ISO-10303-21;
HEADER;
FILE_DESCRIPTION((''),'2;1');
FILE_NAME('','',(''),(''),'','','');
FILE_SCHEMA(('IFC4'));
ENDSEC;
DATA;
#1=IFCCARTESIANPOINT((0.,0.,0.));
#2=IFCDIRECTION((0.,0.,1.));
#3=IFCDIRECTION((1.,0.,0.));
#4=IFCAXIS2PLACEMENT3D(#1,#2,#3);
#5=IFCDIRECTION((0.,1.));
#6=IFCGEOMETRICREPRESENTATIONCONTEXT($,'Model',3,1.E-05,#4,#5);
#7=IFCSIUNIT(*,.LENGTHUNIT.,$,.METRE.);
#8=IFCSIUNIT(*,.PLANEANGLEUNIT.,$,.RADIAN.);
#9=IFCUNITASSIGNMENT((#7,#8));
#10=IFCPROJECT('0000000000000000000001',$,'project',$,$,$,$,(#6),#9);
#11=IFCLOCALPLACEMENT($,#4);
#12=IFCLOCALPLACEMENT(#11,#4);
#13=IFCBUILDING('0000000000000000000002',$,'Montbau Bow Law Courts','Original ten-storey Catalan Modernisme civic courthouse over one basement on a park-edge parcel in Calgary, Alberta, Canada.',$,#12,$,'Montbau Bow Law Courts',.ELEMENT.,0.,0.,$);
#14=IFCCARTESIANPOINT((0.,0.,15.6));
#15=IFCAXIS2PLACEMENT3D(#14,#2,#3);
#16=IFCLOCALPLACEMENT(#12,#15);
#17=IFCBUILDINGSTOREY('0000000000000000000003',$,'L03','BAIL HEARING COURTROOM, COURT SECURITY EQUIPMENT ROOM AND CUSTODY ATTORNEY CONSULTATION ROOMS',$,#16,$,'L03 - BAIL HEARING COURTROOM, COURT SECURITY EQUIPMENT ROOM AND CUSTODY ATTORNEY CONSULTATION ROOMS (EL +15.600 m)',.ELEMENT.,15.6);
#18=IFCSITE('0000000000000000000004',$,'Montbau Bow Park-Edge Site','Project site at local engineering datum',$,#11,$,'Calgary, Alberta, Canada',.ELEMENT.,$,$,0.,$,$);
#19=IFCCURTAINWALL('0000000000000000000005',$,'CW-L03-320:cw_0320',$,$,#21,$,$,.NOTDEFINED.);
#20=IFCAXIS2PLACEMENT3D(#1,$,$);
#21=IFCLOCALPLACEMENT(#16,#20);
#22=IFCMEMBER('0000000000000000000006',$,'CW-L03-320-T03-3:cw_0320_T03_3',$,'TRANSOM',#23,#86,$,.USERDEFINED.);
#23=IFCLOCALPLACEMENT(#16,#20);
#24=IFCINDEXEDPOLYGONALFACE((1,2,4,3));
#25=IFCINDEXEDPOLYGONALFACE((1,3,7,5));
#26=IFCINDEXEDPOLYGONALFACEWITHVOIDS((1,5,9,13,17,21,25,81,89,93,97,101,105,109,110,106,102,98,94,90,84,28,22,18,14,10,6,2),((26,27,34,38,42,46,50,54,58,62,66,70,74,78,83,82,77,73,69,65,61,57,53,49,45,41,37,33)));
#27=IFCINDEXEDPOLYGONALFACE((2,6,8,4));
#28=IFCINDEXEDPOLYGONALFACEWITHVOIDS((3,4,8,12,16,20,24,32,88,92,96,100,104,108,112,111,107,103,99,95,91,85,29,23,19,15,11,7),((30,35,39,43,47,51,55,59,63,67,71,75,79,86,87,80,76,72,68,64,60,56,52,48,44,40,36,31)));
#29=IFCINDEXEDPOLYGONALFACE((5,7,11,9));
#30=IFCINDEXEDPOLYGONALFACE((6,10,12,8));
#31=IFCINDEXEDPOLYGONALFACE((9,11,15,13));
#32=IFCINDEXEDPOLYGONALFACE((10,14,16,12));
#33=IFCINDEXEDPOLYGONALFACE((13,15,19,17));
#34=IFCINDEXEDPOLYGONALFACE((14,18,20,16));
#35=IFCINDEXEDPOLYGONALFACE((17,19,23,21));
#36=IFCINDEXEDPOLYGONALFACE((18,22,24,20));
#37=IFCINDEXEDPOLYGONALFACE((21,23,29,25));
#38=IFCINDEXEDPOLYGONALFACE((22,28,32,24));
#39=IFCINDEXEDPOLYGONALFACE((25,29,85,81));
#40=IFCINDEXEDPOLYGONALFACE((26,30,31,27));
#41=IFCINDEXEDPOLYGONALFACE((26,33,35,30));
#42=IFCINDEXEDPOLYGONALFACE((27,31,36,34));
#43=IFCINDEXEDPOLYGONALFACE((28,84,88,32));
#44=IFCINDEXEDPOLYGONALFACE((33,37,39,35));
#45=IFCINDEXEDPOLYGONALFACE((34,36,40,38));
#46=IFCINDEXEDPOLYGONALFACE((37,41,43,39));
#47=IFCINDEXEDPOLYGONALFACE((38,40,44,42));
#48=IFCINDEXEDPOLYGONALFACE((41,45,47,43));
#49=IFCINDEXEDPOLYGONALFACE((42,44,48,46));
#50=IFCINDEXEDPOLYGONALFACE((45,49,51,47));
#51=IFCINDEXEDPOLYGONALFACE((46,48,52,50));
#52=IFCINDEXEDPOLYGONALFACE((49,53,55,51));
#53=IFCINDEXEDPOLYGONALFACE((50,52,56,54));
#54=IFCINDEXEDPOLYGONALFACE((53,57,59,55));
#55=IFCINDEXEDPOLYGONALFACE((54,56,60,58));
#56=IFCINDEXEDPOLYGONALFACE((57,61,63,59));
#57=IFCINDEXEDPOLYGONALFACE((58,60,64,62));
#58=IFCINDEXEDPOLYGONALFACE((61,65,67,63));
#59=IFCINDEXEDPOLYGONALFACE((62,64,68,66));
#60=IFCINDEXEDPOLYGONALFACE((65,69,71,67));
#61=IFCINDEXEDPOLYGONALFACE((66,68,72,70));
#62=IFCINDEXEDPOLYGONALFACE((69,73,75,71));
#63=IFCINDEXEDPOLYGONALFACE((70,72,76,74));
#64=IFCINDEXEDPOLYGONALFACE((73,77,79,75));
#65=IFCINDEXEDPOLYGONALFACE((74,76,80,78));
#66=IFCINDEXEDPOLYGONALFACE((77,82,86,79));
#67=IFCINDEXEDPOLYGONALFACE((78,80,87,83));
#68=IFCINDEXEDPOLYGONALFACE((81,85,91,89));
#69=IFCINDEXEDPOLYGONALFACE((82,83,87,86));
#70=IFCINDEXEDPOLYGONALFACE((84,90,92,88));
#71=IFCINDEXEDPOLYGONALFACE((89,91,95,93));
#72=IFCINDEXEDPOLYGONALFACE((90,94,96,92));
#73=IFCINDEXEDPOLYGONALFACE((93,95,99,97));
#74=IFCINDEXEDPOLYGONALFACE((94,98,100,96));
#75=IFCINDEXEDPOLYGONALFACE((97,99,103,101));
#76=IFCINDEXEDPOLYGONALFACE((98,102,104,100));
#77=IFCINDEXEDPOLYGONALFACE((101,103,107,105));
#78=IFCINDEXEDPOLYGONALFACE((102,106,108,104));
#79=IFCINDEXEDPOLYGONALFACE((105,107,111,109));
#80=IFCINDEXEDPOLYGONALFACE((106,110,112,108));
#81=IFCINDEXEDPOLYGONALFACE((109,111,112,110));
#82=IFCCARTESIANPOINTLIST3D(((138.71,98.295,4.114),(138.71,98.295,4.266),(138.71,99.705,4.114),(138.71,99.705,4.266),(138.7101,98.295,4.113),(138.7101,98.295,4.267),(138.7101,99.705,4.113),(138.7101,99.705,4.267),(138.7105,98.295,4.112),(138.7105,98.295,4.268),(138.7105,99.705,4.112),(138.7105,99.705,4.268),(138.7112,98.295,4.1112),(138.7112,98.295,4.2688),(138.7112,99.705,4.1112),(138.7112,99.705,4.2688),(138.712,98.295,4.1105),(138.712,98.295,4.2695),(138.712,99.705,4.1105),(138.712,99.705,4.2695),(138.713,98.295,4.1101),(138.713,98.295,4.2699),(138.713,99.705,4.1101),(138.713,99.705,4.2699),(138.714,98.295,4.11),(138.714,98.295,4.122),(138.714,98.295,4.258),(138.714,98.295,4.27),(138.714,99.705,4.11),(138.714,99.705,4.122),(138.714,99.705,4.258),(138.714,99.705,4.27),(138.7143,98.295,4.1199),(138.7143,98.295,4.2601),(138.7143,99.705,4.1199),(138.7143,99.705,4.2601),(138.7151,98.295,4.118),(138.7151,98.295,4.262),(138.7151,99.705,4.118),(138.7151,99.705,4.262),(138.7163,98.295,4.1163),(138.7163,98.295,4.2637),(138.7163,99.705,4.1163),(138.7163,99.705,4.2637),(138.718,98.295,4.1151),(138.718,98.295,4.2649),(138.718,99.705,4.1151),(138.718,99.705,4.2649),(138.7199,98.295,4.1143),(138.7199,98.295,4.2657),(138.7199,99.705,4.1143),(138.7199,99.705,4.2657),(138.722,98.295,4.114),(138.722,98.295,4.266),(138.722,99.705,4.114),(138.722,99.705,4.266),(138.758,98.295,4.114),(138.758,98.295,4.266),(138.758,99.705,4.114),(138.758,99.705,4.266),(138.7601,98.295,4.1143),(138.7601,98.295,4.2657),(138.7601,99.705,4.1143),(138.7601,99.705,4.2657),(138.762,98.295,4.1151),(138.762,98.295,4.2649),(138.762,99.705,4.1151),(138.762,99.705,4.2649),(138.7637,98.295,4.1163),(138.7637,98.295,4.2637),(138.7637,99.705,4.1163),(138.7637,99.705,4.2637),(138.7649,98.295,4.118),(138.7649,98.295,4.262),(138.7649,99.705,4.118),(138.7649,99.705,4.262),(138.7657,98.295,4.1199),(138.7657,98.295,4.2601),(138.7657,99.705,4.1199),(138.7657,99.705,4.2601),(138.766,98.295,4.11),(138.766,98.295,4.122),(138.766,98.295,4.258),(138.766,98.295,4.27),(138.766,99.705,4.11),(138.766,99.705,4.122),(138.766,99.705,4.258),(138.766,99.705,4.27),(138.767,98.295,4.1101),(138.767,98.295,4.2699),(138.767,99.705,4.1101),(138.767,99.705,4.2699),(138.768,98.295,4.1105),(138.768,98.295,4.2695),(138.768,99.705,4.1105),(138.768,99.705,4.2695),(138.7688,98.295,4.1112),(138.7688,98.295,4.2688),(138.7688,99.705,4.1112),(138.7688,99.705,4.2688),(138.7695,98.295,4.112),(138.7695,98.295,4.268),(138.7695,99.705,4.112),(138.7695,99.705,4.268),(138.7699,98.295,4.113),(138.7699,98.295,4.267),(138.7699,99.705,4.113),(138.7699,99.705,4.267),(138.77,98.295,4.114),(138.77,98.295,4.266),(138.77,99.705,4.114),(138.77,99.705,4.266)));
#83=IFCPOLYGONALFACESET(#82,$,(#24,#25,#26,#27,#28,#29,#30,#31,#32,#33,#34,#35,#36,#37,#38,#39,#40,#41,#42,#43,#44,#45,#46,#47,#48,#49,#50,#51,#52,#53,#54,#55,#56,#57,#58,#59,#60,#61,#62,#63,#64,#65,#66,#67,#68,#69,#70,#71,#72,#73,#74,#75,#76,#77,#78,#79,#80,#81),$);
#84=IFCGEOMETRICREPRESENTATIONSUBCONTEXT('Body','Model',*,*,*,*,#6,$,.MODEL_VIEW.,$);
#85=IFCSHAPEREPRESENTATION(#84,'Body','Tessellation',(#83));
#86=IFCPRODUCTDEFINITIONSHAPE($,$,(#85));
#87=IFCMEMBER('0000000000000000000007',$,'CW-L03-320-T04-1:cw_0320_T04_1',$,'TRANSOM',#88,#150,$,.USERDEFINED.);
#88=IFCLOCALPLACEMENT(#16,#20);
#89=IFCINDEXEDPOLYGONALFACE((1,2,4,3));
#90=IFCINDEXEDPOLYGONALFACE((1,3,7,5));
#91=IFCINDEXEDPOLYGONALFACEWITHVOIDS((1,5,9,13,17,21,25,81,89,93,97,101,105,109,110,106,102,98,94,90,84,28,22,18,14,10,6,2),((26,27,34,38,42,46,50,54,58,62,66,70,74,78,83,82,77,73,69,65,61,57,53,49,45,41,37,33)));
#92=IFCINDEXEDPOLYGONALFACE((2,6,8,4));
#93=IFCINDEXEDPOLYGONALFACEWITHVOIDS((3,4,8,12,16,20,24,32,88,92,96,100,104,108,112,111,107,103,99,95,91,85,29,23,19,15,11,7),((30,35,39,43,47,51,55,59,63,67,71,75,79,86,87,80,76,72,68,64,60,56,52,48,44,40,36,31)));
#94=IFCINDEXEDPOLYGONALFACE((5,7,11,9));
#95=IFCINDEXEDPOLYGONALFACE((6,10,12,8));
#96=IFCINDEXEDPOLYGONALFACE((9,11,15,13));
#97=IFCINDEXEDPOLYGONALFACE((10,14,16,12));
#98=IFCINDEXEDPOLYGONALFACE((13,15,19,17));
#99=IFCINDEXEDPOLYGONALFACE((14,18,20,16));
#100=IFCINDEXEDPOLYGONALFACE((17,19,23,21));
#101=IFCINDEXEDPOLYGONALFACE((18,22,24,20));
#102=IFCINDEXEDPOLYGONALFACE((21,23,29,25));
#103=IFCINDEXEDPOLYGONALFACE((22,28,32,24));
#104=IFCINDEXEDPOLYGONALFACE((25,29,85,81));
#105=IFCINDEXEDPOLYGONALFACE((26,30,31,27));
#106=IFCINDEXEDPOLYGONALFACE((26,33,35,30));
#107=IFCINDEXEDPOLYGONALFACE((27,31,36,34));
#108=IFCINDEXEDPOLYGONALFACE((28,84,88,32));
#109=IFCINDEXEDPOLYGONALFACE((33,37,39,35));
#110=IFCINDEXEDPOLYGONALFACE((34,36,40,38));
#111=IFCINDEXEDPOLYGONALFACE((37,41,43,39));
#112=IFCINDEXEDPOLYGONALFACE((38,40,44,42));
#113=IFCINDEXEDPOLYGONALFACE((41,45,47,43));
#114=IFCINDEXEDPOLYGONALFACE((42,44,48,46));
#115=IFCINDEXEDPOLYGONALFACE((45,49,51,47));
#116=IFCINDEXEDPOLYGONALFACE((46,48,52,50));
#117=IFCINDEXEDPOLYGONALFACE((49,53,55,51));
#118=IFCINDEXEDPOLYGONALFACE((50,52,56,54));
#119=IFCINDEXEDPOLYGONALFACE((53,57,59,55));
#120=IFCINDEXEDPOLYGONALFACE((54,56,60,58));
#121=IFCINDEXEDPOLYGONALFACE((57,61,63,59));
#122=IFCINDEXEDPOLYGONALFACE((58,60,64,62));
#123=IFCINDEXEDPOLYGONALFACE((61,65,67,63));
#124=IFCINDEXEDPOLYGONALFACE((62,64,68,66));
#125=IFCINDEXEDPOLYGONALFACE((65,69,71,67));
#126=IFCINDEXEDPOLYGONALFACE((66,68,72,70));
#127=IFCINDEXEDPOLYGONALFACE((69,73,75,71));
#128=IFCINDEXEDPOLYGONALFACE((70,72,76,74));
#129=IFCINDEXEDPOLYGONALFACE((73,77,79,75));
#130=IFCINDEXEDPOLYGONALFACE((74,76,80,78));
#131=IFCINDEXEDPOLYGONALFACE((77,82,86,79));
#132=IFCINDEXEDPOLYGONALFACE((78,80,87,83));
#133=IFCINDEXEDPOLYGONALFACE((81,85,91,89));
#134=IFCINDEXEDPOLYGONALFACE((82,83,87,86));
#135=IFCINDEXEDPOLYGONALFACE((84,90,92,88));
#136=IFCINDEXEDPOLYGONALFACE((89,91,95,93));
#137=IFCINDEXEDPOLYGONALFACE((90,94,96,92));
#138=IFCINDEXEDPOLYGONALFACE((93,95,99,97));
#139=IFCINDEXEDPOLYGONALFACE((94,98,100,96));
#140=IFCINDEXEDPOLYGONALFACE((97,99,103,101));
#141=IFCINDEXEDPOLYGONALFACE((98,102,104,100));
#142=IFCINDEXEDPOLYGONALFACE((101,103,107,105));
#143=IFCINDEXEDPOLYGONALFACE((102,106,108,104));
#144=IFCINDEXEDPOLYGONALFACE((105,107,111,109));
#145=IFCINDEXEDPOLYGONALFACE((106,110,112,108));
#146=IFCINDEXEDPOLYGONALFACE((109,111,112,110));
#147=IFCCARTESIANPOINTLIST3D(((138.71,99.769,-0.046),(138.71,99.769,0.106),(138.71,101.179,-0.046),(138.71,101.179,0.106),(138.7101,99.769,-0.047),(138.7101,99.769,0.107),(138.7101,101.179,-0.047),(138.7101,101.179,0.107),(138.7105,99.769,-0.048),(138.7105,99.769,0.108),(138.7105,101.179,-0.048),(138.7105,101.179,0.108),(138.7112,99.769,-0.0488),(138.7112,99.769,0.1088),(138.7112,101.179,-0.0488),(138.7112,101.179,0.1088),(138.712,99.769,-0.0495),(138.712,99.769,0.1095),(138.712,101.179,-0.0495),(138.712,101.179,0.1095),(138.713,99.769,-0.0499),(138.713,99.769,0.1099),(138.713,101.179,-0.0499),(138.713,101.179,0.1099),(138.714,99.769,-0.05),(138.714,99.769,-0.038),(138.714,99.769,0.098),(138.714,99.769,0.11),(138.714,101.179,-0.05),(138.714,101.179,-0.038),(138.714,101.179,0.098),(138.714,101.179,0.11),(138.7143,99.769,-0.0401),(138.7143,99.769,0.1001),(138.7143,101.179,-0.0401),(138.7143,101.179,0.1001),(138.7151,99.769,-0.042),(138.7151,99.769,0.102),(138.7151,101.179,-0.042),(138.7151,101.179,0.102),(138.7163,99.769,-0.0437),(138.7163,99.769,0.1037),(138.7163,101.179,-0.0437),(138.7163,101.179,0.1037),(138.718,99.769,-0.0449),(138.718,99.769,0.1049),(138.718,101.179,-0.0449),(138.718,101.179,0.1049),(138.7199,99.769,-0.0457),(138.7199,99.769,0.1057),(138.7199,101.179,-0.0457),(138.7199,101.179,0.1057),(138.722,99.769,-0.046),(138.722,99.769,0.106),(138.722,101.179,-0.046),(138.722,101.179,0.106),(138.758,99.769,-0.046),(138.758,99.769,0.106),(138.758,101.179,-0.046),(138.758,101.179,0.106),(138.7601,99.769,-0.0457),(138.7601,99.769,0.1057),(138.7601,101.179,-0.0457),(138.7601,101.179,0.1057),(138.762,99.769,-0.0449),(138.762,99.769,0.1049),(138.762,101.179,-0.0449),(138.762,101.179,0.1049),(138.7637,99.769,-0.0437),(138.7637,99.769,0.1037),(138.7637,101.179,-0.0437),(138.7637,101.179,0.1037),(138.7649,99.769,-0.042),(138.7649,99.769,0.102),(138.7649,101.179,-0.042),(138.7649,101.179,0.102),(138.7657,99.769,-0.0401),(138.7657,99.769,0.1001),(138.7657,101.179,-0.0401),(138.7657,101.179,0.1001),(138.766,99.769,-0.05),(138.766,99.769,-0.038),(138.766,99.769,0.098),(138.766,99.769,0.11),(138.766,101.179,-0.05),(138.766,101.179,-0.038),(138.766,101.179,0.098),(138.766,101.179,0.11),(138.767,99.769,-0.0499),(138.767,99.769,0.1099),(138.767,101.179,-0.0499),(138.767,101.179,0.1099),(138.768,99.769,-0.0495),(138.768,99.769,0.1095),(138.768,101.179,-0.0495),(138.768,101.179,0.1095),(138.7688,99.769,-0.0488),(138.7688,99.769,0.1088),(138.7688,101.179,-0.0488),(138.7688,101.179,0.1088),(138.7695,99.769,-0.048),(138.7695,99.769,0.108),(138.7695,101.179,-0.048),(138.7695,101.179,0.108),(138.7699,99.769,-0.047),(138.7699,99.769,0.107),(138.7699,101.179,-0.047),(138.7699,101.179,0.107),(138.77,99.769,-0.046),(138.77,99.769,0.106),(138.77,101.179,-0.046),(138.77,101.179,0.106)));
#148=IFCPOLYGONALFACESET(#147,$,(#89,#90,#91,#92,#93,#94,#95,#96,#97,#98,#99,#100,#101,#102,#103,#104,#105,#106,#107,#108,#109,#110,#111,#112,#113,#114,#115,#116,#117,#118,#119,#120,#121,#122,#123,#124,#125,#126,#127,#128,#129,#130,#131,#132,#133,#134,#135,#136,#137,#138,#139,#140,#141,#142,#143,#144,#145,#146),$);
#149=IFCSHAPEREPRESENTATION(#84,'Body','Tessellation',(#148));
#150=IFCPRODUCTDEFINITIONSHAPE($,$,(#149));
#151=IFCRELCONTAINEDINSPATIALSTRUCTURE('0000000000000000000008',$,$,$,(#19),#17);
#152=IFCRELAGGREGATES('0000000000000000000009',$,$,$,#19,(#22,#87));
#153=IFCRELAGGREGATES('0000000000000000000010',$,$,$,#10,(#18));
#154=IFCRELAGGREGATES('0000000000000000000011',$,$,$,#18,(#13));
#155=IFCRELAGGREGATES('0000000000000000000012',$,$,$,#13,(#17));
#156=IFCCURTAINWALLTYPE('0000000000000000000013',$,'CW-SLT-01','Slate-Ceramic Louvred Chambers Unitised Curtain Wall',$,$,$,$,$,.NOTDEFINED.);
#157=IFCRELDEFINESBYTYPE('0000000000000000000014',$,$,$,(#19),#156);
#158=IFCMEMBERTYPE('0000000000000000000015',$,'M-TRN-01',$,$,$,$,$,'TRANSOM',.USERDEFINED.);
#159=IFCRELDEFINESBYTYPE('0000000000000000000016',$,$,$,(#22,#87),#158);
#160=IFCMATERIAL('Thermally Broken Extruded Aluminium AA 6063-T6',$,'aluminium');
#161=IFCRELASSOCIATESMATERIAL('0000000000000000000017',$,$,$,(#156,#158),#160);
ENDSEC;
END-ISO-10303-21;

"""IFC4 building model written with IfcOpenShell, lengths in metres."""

from ifc_helpers import new_model, si_unit, direction, frame, origin_with_axes, origin_2d_with_axis, place, context, subcontext, project, spatial, hollow_rectangle, extrude, material, material_profile, profile_set, type_object, element, aggregate, save


model = new_model("IFC4")

# Units and contexts
model_context = context("Model", 3, precision=1e-05, world=origin_with_axes(), true_north=direction((0.0, 1.0)))
body_context = subcontext(model_context, "Body", "Model", "MODEL_VIEW")
ifc_project = project(units=[si_unit("LENGTHUNIT", "METRE"), si_unit("PLANEANGLEUNIT", "RADIAN")], contexts=[model_context])

# Site, building, storey
site_placement = place(None, origin_with_axes())
site = spatial("IfcSite", under=ifc_project, at=site_placement, Name="Montbau Bow Park-Edge Site", Description="Project site at local engineering datum", LongName="Calgary, Alberta, Canada", CompositionType="ELEMENT", RefElevation=0.0)
building_placement = place(site_placement, origin_with_axes())
building = spatial("IfcBuilding", under=site, at=building_placement, Name="Montbau Bow Law Courts", Description="Original ten-storey Catalan Modernisme civic courthouse over one basement on a park-edge parcel in Calgary, Alberta, Canada.", LongName="Montbau Bow Law Courts", CompositionType="ELEMENT", ElevationOfRefHeight=0.0, ElevationOfTerrain=0.0)
storey_placement = place(building_placement, frame((0.0, 0.0, 15.6), z_axis=(0.0, 0.0, 1.0), x_axis=(1.0, 0.0, 0.0)))
storey = spatial("IfcBuildingStorey", under=building, at=storey_placement, Name="L03", Description="BAIL HEARING COURTROOM, COURT SECURITY EQUIPMENT ROOM AND CUSTODY ATTORNEY CONSULTATION ROOMS", LongName="L03 - BAIL HEARING COURTROOM, COURT SECURITY EQUIPMENT ROOM AND CUSTODY ATTORNEY CONSULTATION ROOMS (EL +15.600 m)", CompositionType="ELEMENT", Elevation=15.6)

# Curtain wall, members
ifc_material_1 = material(Name="Thermally Broken Extruded Aluminium AA 6063-T6", Category="aluminium")
curtain_wall_type = type_object("IfcCurtainWallType", Name="CW-SLT-01", Description="Slate-Ceramic Louvred Chambers Unitised Curtain Wall", PredefinedType="NOTDEFINED", material=ifc_material_1)
curtain_wall_placement = place(None, frame((138.74, 95.315, 15.6), z_axis=(0.0, 0.0, 1.0), x_axis=(1.0, 0.0, 0.0)))
curtain_wall = element("IfcCurtainWall", 1, at=curtain_wall_placement, inside=storey, type_object=curtain_wall_type, Name="CW-L03-320:cw_0320", PredefinedType="NOTDEFINED")
ifc_material_profile_1 = material_profile(ifc_material_1, hollow_rectangle(XDim=0.06, YDim=0.16, WallThickness=0.004, InnerFilletRadius=0.008, OuterFilletRadius=0.004, at=origin_2d_with_axis()), Name="CWT-160X60", Category="Main", Priority=0)
ifc_profile_set_1 = profile_set([ifc_material_profile_1], Name="Thermally Broken Extruded Aluminium AA 6063-T6")
member_type_1 = type_object("IfcMemberType", Name="M-TRN-01", ElementType="TRANSOM", PredefinedType="USERDEFINED", material=ifc_profile_set_1)
member_1_placement = place(None, frame((138.74, 98.295, 19.79), z_axis=(0.0, 1.0, 0.0), x_axis=(-1.0, 0.0, 0.0)))
member_1 = element("IfcMember", 2, at=member_1_placement, type_object=member_type_1, Name="CW-L03-320-T03-3:cw_0320_T03_3", ObjectType="TRANSOM", PredefinedType="USERDEFINED", context=body_context, shape_type="SweptSolid", body=[
    extrude(hollow_rectangle(XDim=0.06, YDim=0.16, WallThickness=0.004, InnerFilletRadius=0.008, OuterFilletRadius=0.004, at=origin_2d_with_axis()), origin_with_axes(), (0.0, 0.0, 1.0), 1.41),
])
member_2_placement = place(None, frame((138.74, 99.769, 15.63), z_axis=(0.0, 1.0, 0.0), x_axis=(-1.0, 0.0, 0.0)))
member_2 = element("IfcMember", 3, at=member_2_placement, type_object=member_type_1, Name="CW-L03-320-T04-1:cw_0320_T04_1", ObjectType="TRANSOM", PredefinedType="USERDEFINED", context=body_context, shape_type="SweptSolid", body=[
    extrude(hollow_rectangle(XDim=0.06, YDim=0.16, WallThickness=0.004, InnerFilletRadius=0.008, OuterFilletRadius=0.004, at=origin_2d_with_axis()), origin_with_axes(), (0.0, 0.0, 1.0), 1.41),
])
aggregate(curtain_wall, [member_1, member_2])

save(model, "model.ifc")
